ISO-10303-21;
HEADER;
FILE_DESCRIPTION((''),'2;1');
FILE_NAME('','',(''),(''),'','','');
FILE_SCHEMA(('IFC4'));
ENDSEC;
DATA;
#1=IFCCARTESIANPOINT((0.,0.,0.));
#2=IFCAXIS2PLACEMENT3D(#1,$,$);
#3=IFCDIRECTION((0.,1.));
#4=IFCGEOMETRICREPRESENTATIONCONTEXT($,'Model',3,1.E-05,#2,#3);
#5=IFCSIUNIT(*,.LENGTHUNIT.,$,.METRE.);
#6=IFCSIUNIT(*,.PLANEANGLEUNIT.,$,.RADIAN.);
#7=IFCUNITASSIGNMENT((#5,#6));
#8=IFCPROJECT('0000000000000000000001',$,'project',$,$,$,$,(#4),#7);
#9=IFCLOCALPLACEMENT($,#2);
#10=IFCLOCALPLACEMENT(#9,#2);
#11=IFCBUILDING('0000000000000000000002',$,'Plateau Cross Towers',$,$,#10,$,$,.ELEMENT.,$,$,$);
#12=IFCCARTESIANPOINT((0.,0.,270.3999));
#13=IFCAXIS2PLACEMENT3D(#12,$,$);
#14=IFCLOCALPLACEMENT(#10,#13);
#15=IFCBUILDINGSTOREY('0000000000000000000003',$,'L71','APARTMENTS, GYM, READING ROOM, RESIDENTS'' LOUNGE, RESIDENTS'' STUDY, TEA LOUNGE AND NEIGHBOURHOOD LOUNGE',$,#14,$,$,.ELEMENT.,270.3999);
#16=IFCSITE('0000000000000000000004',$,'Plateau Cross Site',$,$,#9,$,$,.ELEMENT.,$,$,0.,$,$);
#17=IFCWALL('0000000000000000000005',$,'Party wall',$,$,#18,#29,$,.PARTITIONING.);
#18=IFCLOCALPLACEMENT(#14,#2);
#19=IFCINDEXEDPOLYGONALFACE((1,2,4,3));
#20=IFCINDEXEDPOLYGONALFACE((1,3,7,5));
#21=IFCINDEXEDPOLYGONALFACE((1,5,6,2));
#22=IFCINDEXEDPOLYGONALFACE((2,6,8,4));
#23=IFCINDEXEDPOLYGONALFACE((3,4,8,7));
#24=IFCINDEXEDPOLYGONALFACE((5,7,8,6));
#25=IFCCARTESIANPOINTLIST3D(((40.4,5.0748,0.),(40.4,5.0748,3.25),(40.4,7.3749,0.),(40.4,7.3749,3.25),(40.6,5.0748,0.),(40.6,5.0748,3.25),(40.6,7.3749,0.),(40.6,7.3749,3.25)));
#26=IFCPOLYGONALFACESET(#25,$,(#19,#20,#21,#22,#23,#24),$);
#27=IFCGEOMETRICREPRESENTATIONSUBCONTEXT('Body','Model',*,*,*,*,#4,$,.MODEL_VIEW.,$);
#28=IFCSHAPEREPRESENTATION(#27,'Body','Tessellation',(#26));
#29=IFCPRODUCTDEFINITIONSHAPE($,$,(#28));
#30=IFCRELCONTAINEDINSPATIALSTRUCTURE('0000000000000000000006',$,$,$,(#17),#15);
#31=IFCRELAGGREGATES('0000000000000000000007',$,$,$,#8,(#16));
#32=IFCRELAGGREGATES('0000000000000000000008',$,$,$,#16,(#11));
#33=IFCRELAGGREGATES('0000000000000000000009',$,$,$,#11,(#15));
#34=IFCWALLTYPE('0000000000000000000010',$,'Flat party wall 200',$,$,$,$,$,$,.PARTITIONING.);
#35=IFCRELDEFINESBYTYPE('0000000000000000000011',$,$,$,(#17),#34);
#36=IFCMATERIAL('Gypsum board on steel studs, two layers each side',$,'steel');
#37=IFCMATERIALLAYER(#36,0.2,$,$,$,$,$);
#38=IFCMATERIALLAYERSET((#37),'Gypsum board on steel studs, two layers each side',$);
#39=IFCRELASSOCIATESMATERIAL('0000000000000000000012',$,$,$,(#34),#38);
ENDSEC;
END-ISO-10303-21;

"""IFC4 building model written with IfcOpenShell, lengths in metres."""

from ifc_helpers import new_model, si_unit, direction, frame, frame_2d, origin, place, context, subcontext, project, spatial, rectangle, extrude, material, layer, layer_set, type_object, element, save


model = new_model("IFC4")

# Units and contexts
model_context = context("Model", 3, precision=1e-05, world=origin(), true_north=direction((0.0, 1.0)))
body_context = subcontext(model_context, "Body", "Model", "MODEL_VIEW")
ifc_project = project(units=[si_unit("LENGTHUNIT", "METRE"), si_unit("PLANEANGLEUNIT", "RADIAN")], contexts=[model_context])

# Site, building, storey
site_placement = place(None, origin())
site = spatial("IfcSite", under=ifc_project, at=site_placement, Name="Plateau Cross Site", CompositionType="ELEMENT", RefElevation=0.0)
building_placement = place(site_placement, origin())
building = spatial("IfcBuilding", under=site, at=building_placement, Name="Plateau Cross Towers", CompositionType="ELEMENT")
storey_placement = place(building_placement, frame((0.0, 0.0, 270.3999)))
storey = spatial("IfcBuildingStorey", under=building, at=storey_placement, Name="L71", Description="APARTMENTS, GYM, READING ROOM, RESIDENTS' LOUNGE, RESIDENTS' STUDY, TEA LOUNGE AND NEIGHBOURHOOD LOUNGE", CompositionType="ELEMENT", Elevation=270.3999)

# Wall
ifc_material_1 = material(Name="Gypsum board on steel studs, two layers each side", Category="steel")
ifc_layer_1 = layer(ifc_material_1, 0.2)
ifc_layer_set_1 = layer_set([ifc_layer_1], Name="Gypsum board on steel studs, two layers each side")
wall_type_1 = type_object("IfcWallType", Name="Flat party wall 200", PredefinedType="PARTITIONING", material=ifc_layer_set_1)
wall_1_placement = place(storey_placement, frame((40.5, 5.075, 0.0), z_axis=(0.0, 0.0, 1.0), x_axis=(0.0, 1.0, 0.0)))
element("IfcWall", 1, at=wall_1_placement, inside=storey, type_object=wall_type_1, Name="Party wall", PredefinedType="PARTITIONING", context=body_context, shape_type="SweptSolid", body=[
    extrude(rectangle(XDim=2.3, YDim=0.2, at=frame_2d((1.1499, 0.0))), origin(), (0.0, 0.0, 1.0), 3.25),
])

save(model, "model.ifc")
